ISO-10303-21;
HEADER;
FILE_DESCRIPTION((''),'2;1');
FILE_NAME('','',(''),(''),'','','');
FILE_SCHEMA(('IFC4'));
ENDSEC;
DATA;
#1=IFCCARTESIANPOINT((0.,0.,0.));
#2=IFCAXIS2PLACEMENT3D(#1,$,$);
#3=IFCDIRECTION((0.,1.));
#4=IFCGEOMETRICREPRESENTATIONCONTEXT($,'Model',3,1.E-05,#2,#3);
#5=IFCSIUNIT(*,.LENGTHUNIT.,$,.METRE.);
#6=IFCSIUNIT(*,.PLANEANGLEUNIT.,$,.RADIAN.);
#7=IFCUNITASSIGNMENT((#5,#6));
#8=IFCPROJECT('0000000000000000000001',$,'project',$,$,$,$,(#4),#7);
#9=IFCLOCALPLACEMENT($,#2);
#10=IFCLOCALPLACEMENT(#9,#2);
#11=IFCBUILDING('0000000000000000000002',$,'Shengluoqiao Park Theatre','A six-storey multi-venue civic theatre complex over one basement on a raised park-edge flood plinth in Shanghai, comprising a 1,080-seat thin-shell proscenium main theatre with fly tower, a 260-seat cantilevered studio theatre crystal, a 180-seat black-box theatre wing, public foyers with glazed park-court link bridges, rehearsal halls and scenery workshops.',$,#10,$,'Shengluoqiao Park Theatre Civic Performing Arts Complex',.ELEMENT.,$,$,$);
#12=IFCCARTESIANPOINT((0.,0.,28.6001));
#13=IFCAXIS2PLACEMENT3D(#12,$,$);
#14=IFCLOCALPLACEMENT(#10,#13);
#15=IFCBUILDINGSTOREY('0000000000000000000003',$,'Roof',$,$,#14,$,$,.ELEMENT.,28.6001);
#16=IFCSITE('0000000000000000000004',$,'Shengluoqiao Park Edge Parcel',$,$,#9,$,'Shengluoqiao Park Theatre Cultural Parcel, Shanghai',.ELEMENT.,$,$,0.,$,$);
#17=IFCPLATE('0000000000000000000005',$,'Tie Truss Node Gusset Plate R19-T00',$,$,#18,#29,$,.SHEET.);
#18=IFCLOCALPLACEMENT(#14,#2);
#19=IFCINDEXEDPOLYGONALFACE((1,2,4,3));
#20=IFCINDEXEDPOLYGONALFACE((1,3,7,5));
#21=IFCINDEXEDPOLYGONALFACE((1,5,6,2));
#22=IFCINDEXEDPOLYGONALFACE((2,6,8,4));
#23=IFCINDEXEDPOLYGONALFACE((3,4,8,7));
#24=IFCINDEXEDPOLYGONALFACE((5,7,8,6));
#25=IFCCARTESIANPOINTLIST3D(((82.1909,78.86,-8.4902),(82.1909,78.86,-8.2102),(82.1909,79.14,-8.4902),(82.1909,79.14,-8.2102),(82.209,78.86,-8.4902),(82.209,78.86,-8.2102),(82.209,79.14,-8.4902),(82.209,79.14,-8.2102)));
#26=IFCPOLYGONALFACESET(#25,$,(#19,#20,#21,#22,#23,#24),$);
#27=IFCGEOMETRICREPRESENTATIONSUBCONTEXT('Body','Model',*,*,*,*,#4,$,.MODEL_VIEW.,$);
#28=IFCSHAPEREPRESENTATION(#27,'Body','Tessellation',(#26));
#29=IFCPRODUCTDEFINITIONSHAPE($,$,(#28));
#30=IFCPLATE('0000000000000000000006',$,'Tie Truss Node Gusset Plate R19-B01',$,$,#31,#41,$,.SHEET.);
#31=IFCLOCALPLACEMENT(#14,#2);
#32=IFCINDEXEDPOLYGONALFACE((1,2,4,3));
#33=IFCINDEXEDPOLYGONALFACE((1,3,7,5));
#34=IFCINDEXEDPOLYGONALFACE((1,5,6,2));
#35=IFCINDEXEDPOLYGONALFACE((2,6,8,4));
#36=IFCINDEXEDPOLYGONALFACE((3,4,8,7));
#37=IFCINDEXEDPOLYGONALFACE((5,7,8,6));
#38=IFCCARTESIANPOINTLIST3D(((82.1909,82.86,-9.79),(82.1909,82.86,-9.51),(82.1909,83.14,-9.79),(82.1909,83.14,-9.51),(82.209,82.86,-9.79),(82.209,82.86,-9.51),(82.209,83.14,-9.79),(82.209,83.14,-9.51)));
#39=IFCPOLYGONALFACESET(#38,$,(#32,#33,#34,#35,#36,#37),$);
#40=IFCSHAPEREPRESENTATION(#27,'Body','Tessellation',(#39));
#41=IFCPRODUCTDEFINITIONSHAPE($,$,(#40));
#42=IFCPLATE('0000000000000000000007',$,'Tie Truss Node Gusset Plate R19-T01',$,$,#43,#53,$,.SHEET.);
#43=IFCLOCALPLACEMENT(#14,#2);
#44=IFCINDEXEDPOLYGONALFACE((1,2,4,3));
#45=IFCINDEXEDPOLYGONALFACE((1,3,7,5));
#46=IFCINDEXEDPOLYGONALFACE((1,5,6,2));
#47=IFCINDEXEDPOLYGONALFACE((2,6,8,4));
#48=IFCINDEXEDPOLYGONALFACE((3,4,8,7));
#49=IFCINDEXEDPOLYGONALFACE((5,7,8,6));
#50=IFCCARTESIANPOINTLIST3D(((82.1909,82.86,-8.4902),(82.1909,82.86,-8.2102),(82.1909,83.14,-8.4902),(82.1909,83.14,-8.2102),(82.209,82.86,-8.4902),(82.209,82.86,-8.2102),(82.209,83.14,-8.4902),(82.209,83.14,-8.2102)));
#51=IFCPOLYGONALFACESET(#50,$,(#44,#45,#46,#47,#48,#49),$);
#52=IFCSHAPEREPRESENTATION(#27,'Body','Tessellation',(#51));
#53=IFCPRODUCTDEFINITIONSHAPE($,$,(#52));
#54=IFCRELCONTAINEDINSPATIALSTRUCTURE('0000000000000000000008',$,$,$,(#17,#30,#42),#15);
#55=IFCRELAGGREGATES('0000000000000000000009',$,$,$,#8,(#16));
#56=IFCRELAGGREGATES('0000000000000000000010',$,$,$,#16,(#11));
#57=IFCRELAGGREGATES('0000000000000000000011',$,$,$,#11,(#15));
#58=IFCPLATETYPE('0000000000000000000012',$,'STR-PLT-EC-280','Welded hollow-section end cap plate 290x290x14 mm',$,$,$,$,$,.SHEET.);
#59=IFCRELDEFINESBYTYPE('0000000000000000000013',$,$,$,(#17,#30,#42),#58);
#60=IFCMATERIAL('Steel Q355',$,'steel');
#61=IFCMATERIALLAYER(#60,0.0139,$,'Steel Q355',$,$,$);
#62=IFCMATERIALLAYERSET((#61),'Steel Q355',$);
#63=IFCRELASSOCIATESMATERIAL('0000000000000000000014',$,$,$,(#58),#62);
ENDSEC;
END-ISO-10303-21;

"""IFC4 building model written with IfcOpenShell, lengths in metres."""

from ifc_helpers import new_model, si_unit, direction, frame, origin, origin_2d, place, context, subcontext, project, spatial, rectangle, extrude, material, layer, layer_set, type_object, element, save


model = new_model("IFC4")

# Units and contexts
model_context = context("Model", 3, precision=1e-05, world=origin(), true_north=direction((0.0, 1.0)))
body_context = subcontext(model_context, "Body", "Model", "MODEL_VIEW")
ifc_project = project(units=[si_unit("LENGTHUNIT", "METRE"), si_unit("PLANEANGLEUNIT", "RADIAN")], contexts=[model_context])

# Site, building, storey
site_placement = place(None, origin())
site = spatial("IfcSite", under=ifc_project, at=site_placement, Name="Shengluoqiao Park Edge Parcel", LongName="Shengluoqiao Park Theatre Cultural Parcel, Shanghai", CompositionType="ELEMENT", RefElevation=0.0)
building_placement = place(site_placement, origin())
building = spatial("IfcBuilding", under=site, at=building_placement, Name="Shengluoqiao Park Theatre", Description="A six-storey multi-venue civic theatre complex over one basement on a raised park-edge flood plinth in Shanghai, comprising a 1,080-seat thin-shell proscenium main theatre with fly tower, a 260-seat cantilevered studio theatre crystal, a 180-seat black-box theatre wing, public foyers with glazed park-court link bridges, rehearsal halls and scenery workshops.", LongName="Shengluoqiao Park Theatre Civic Performing Arts Complex", CompositionType="ELEMENT")
storey_placement = place(building_placement, frame((0.0, 0.0, 28.6001)))
storey = spatial("IfcBuildingStorey", under=building, at=storey_placement, Name="Roof", CompositionType="ELEMENT", Elevation=28.6001)

# Shared definitions
ifc_material = material(Name="Steel Q355", Category="steel")

# Plates
ifc_layer = layer(ifc_material, 0.0139, Name="Steel Q355")
ifc_layer_set = layer_set([ifc_layer], Name="Steel Q355")
plate_type = type_object("IfcPlateType", Name="STR-PLT-EC-280", Description="Welded hollow-section end cap plate 290x290x14 mm", PredefinedType="SHEET", material=ifc_layer_set)
for number, where, z_axis, x_axis, name in (
    (1, (82.2, 79.0, -8.4902), (0.0, 0.0, 1.0), (1.0, 0.0, 0.0), "Tie Truss Node Gusset Plate R19-T00"),
    (2, (82.2, 83.0, -9.79), (0.0, 0.0, 1.0), (1.0, 0.0, 0.0), "Tie Truss Node Gusset Plate R19-B01"),
    (3, (82.2, 83.0, -8.4902), (0.0, 0.0, 1.0), (1.0, 0.0, 0.0), "Tie Truss Node Gusset Plate R19-T01"),
):
    element("IfcPlate", number, at=place(storey_placement, frame(where, z_axis=z_axis, x_axis=x_axis)), inside=storey, type_object=plate_type, Name=name, PredefinedType="SHEET", context=body_context, shape_type="SweptSolid", body=[
        extrude(rectangle(XDim=0.0181, YDim=0.28, at=origin_2d()), origin(), (0.0, 0.0, 1.0), 0.28),
    ])

save(model, "model.ifc")
